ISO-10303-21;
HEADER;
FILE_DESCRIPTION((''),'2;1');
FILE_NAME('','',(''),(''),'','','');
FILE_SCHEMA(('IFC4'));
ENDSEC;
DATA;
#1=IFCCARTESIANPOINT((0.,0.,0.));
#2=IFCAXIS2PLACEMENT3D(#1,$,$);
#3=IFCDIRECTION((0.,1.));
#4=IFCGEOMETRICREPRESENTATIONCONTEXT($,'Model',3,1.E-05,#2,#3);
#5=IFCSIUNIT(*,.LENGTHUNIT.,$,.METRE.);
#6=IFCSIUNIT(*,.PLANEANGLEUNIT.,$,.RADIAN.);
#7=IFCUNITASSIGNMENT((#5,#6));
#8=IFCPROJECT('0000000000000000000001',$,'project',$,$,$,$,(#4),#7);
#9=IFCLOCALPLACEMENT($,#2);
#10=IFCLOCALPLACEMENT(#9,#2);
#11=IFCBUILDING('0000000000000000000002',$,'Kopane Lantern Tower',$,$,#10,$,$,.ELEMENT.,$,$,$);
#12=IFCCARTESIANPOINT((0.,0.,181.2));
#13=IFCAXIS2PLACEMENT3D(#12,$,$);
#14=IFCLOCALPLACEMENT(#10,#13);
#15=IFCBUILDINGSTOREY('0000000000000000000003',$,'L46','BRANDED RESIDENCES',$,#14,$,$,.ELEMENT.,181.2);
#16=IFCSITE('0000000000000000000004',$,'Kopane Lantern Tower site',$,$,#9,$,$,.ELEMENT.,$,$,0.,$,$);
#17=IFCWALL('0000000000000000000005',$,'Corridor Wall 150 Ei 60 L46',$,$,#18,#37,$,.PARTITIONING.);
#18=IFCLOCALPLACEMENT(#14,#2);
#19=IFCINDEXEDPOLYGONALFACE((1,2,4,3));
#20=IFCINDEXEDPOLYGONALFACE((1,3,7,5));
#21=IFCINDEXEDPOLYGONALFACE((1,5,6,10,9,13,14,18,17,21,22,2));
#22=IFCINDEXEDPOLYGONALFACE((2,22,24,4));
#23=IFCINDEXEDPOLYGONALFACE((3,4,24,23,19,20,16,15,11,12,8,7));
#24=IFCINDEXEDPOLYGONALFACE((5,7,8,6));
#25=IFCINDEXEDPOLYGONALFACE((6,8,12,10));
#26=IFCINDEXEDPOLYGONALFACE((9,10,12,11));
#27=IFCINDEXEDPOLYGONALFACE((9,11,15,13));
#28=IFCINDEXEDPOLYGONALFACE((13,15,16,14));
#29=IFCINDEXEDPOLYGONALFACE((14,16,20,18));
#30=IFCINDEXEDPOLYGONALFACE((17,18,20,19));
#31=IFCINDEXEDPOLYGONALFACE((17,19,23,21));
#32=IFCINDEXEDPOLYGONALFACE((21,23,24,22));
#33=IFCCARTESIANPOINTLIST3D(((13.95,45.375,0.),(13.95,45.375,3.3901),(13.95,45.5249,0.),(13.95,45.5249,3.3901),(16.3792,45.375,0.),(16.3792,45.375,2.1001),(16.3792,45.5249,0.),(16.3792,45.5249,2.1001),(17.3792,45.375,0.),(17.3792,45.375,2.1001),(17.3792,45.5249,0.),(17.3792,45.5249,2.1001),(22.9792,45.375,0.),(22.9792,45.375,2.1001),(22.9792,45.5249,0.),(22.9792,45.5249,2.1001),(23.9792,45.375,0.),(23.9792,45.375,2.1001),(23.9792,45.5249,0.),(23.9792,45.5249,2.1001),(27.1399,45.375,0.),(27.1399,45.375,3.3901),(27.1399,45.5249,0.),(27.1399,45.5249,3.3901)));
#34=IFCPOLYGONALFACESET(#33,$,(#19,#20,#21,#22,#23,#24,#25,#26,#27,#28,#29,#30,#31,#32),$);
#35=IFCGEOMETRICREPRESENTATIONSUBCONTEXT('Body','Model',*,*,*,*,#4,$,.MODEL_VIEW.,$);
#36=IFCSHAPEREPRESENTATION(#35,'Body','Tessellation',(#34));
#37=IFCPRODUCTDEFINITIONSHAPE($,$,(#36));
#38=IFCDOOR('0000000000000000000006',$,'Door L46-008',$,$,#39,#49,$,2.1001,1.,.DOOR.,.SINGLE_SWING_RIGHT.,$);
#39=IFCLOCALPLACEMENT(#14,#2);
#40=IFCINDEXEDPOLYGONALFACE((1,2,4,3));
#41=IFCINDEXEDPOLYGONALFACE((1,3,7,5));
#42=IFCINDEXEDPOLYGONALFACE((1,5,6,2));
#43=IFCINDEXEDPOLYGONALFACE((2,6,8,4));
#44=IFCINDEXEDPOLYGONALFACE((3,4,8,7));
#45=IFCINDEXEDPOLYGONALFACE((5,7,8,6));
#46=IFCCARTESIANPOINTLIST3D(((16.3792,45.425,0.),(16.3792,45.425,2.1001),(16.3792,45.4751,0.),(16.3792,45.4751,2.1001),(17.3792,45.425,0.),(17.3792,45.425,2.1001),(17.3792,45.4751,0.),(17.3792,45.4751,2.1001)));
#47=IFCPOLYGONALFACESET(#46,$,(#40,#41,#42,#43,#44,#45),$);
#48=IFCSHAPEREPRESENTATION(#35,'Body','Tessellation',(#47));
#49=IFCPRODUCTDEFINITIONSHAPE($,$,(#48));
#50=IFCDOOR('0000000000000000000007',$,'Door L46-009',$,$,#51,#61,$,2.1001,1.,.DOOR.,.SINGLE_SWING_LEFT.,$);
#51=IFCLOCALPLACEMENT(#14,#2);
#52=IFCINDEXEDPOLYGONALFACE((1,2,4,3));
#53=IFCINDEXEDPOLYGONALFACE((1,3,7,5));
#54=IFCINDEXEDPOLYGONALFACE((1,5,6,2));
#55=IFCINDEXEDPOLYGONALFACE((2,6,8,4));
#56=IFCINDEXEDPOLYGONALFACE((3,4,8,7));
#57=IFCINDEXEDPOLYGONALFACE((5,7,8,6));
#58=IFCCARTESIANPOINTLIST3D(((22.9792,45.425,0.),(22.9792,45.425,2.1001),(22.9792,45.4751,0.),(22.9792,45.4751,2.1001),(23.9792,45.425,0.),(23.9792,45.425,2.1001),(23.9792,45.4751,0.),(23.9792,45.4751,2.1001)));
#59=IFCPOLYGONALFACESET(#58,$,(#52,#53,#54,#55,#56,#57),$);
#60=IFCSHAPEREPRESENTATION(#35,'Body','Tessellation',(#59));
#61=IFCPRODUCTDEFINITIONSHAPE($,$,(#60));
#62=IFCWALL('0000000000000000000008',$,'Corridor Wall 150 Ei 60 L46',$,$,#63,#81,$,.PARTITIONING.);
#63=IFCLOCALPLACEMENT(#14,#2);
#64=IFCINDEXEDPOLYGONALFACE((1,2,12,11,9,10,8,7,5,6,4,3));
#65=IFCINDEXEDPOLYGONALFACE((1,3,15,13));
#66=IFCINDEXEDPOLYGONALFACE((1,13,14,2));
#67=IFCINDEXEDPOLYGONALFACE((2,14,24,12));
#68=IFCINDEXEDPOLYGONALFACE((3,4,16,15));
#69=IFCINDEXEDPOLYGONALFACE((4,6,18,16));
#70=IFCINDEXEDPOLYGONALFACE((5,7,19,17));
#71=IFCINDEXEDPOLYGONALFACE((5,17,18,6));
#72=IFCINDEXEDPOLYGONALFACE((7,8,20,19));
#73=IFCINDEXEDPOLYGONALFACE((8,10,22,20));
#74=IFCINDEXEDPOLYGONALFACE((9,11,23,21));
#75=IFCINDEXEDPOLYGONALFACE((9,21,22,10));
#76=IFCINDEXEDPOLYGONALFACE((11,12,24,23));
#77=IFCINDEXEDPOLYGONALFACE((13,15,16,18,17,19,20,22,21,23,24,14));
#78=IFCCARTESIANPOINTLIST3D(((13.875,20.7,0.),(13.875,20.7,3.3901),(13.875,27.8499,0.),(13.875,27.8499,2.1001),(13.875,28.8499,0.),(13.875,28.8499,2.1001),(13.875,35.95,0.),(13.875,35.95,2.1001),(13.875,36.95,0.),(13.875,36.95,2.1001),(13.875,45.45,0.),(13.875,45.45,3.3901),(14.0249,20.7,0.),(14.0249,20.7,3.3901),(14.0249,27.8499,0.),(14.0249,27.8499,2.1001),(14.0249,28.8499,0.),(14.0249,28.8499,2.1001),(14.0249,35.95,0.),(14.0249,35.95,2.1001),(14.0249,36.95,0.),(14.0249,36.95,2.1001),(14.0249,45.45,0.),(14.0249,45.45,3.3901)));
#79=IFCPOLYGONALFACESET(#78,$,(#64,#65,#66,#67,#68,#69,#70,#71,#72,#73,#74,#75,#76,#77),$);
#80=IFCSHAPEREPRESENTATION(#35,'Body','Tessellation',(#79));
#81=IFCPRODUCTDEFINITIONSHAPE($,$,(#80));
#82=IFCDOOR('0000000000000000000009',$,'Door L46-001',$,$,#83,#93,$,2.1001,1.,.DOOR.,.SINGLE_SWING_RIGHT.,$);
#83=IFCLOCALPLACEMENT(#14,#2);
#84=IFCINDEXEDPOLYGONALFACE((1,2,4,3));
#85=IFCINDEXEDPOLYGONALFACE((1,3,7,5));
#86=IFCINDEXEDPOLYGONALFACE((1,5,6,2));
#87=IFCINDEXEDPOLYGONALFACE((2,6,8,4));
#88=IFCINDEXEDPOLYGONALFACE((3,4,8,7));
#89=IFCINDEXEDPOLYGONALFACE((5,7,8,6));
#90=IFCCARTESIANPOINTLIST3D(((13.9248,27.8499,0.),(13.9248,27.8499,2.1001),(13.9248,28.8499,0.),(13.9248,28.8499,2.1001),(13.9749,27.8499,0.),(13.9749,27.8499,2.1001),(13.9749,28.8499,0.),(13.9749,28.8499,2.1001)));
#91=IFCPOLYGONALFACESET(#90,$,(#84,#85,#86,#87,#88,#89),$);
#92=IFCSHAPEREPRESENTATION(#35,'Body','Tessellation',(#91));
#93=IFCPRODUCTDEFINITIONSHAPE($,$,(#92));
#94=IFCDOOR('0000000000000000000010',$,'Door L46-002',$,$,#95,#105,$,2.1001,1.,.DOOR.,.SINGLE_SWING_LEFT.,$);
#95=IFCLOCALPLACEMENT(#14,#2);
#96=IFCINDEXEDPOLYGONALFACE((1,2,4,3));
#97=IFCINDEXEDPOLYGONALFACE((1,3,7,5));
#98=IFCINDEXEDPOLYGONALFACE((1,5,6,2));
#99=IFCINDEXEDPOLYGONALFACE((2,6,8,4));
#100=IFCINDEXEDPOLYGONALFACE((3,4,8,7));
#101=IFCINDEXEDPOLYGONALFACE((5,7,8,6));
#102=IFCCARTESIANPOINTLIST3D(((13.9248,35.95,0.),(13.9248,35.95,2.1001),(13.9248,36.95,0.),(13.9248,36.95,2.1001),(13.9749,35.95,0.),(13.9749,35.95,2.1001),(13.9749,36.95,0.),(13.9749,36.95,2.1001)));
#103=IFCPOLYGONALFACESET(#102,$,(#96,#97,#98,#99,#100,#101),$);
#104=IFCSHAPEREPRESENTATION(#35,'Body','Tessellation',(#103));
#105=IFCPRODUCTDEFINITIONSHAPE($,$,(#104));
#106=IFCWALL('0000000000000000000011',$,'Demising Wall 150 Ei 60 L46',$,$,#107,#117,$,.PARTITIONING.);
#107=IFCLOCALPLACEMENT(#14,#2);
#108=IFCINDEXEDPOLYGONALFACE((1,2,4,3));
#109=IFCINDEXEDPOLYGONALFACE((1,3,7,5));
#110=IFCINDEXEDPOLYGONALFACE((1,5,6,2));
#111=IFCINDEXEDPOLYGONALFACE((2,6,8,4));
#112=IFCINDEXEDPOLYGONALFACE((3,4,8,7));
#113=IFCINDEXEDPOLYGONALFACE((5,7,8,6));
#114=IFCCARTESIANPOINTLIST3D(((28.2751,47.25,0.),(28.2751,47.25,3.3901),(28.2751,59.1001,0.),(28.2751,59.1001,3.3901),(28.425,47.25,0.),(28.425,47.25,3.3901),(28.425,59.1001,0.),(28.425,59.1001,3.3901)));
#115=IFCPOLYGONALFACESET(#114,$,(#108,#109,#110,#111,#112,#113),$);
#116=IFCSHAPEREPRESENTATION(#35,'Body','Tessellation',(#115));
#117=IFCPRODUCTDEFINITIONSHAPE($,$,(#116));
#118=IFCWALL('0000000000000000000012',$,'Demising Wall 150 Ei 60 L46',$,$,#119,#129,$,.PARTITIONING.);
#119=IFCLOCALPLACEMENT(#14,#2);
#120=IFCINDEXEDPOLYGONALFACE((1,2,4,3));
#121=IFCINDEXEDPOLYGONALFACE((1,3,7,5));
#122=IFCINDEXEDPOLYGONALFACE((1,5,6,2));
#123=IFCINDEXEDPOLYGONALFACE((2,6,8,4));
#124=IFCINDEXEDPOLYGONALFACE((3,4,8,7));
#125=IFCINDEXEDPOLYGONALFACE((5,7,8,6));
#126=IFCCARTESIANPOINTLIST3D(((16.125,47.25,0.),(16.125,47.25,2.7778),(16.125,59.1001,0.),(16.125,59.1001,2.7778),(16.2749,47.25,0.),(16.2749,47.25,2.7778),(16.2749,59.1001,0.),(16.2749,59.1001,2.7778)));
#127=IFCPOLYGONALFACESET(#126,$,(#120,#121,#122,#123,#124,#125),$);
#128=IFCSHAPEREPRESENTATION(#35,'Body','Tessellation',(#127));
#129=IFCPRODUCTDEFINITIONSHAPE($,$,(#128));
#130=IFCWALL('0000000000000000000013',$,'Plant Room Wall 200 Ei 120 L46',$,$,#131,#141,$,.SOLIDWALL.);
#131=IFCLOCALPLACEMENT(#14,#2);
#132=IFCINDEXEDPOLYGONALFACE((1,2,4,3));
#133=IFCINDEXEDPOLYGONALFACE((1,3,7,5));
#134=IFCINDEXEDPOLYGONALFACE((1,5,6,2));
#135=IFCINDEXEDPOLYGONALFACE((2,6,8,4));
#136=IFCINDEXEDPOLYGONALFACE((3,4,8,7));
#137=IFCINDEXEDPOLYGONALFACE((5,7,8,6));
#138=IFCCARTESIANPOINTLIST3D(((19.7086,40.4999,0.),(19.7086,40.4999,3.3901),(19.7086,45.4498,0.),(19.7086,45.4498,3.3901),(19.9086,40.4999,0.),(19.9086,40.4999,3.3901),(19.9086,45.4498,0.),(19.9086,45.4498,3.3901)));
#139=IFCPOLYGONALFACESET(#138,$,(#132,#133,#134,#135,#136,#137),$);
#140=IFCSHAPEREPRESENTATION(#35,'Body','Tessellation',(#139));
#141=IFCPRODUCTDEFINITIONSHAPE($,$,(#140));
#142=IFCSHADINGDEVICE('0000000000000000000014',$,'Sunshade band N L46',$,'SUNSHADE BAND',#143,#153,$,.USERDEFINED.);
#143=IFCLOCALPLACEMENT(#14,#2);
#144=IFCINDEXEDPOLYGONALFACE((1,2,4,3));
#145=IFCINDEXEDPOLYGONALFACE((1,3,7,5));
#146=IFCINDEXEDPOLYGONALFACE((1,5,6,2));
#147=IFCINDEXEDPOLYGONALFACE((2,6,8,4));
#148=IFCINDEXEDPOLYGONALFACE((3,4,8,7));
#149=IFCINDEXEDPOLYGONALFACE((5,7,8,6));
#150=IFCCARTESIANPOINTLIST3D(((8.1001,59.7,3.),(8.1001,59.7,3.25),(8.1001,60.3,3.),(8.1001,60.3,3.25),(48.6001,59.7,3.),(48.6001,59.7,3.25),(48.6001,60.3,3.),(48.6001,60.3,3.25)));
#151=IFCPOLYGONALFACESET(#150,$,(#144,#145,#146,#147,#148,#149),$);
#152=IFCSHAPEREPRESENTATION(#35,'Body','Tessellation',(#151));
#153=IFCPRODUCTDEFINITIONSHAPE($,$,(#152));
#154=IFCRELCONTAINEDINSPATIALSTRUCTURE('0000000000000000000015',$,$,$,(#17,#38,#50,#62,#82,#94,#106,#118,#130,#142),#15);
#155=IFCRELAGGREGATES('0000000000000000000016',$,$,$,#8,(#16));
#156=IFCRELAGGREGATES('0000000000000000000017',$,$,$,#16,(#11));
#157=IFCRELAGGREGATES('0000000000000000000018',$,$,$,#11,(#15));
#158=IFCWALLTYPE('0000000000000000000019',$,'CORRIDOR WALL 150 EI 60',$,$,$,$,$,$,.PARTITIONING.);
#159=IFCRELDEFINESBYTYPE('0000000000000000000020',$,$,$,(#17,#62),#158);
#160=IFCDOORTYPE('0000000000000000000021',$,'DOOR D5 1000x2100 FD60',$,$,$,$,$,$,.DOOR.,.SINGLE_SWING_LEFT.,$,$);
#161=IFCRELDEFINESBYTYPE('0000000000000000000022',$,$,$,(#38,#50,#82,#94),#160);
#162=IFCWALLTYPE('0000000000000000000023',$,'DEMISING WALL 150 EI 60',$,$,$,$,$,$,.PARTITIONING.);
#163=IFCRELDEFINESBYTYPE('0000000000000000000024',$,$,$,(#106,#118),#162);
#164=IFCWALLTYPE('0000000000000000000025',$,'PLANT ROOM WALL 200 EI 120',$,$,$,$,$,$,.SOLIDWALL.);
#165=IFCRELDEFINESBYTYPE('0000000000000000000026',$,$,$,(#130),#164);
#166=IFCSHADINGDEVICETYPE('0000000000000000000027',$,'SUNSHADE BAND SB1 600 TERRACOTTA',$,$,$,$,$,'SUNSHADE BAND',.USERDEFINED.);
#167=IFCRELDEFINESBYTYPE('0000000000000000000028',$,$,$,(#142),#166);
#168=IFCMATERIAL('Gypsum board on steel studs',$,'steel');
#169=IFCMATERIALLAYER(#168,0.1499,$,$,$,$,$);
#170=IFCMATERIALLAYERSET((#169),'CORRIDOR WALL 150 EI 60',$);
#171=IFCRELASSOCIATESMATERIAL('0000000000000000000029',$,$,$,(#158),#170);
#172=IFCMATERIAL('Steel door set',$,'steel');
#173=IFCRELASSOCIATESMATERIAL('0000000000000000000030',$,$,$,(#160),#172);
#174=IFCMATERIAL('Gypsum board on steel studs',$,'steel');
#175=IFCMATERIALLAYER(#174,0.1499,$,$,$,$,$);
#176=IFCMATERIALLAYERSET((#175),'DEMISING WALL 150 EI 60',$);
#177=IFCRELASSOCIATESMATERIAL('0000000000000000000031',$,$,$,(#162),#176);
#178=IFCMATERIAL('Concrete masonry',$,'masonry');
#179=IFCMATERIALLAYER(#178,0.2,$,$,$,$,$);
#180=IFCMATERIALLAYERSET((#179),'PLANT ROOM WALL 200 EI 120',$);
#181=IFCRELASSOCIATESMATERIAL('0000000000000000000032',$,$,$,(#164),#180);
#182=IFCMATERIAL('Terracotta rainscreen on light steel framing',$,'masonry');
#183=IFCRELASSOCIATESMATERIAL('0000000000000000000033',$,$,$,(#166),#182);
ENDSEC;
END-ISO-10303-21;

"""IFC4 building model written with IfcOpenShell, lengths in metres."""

from ifc_helpers import new_model, si_unit, direction, frame, frame_2d, origin, origin_2d, place, context, subcontext, project, spatial, rectangle, extrude, material, layer, layer_set, type_object, element, fill, save


model = new_model("IFC4")

# Units and contexts
model_context = context("Model", 3, precision=1e-05, world=origin(), true_north=direction((0.0, 1.0)))
body_context = subcontext(model_context, "Body", "Model", "MODEL_VIEW")
ifc_project = project(units=[si_unit("LENGTHUNIT", "METRE"), si_unit("PLANEANGLEUNIT", "RADIAN")], contexts=[model_context])

# Site, building, storey
site_placement = place(None, origin())
site = spatial("IfcSite", under=ifc_project, at=site_placement, Name="Kopane Lantern Tower site", CompositionType="ELEMENT", RefElevation=0.0)
building_placement = place(site_placement, origin())
building = spatial("IfcBuilding", under=site, at=building_placement, Name="Kopane Lantern Tower", CompositionType="ELEMENT")
storey_placement = place(building_placement, frame((0.0, 0.0, 181.2)))
storey = spatial("IfcBuildingStorey", under=building, at=storey_placement, Name="L46", Description="BRANDED RESIDENCES", CompositionType="ELEMENT", Elevation=181.2)

# Walls, openings, doors
ifc_material_1 = material(Name="Gypsum board on steel studs", Category="steel")
ifc_layer_1 = layer(ifc_material_1, 0.1499)
ifc_layer_set_1 = layer_set([ifc_layer_1], Name="CORRIDOR WALL 150 EI 60")
wall_type_1 = type_object("IfcWallType", Name="CORRIDOR WALL 150 EI 60", PredefinedType="PARTITIONING", material=ifc_layer_set_1)
wall_1_placement = place(storey_placement, frame((27.1399, 45.45, 0.0), z_axis=(0.0, 0.0, 1.0), x_axis=(-1.0, 0.0, 0.0)))
wall_1 = element("IfcWall", 1, at=wall_1_placement, inside=storey, type_object=wall_type_1, Name="Corridor Wall 150 Ei 60 L46", PredefinedType="PARTITIONING", context=body_context, shape_type="SweptSolid", body=[
    extrude(rectangle(XDim=13.1899, YDim=0.1499, at=frame_2d((6.595, 0.0))), origin(), (0.0, 0.0, 1.0), 3.3901),
])
opening_1_placement = place(wall_1_placement, frame((9.7607, 0.0, 0.0)))
opening_1 = element("IfcOpeningElement", 2, at=opening_1_placement, cuts=wall_1, PredefinedType="OPENING", context=body_context, shape_type="SweptSolid", body=[
    extrude(rectangle(XDim=1.0, YDim=2.1001, at=frame_2d((0.5, 1.05))), frame((0.0, 0.085, 0.0), z_axis=(0.0, -1.0, 0.0), x_axis=(1.0, 0.0, 0.0)), (0.0, 0.0, 1.0), 0.1699),
])
opening_2_placement = place(wall_1_placement, frame((3.1606, 0.0, 0.0)))
opening_2 = element("IfcOpeningElement", 3, at=opening_2_placement, cuts=wall_1, PredefinedType="OPENING", context=body_context, shape_type="SweptSolid", body=[
    extrude(rectangle(XDim=1.0, YDim=2.1001, at=frame_2d((0.5, 1.05))), frame((0.0, 0.085, 0.0), z_axis=(0.0, -1.0, 0.0), x_axis=(1.0, 0.0, 0.0)), (0.0, 0.0, 1.0), 0.1699),
])
ifc_material_2 = material(Name="Steel door set", Category="steel")
door_type_1 = type_object("IfcDoorType", Name="DOOR D5 1000x2100 FD60", OperationType="SINGLE_SWING_LEFT", PredefinedType="DOOR", material=ifc_material_2)
door_1_placement = place(opening_1_placement, origin())
door_1 = element("IfcDoor", 4, at=door_1_placement, inside=storey, type_object=door_type_1, Name="Door L46-008", OperationType="SINGLE_SWING_RIGHT", OverallHeight=2.1001, OverallWidth=1.0, PredefinedType="DOOR", context=body_context, shape_type="SweptSolid", body=[
    extrude(rectangle(XDim=1.0, YDim=2.1001, at=frame_2d((0.5, 1.05))), frame((0.0, 0.0249, 0.0), z_axis=(0.0, -1.0, 0.0), x_axis=(1.0, 0.0, 0.0)), (0.0, 0.0, 1.0), 0.05),
])
fill(opening_1, door_1)
door_2_placement = place(opening_2_placement, origin())
door_2 = element("IfcDoor", 5, at=door_2_placement, inside=storey, type_object=door_type_1, Name="Door L46-009", OperationType="SINGLE_SWING_LEFT", OverallHeight=2.1001, OverallWidth=1.0, PredefinedType="DOOR", context=body_context, shape_type="SweptSolid", body=[
    extrude(rectangle(XDim=1.0, YDim=2.1001, at=frame_2d((0.5, 1.05))), frame((0.0, 0.0249, 0.0), z_axis=(0.0, -1.0, 0.0), x_axis=(1.0, 0.0, 0.0)), (0.0, 0.0, 1.0), 0.05),
])
fill(opening_2, door_2)
wall_2_placement = place(storey_placement, frame((13.95, 45.45, 0.0), z_axis=(0.0, 0.0, 1.0), x_axis=(0.0, -1.0, 0.0)))
wall_2 = element("IfcWall", 6, at=wall_2_placement, inside=storey, type_object=wall_type_1, Name="Corridor Wall 150 Ei 60 L46", PredefinedType="PARTITIONING", context=body_context, shape_type="SweptSolid", body=[
    extrude(rectangle(XDim=24.75, YDim=0.1499, at=frame_2d((12.375, 0.0))), origin(), (0.0, 0.0, 1.0), 3.3901),
])
opening_3_placement = place(wall_2_placement, frame((16.6001, 0.0, 0.0)))
opening_3 = element("IfcOpeningElement", 7, at=opening_3_placement, cuts=wall_2, PredefinedType="OPENING", context=body_context, shape_type="SweptSolid", body=[
    extrude(rectangle(XDim=1.0, YDim=2.1001, at=frame_2d((0.5, 1.05))), frame((0.0, 0.085, 0.0), z_axis=(0.0, -1.0, 0.0), x_axis=(1.0, 0.0, 0.0)), (0.0, 0.0, 1.0), 0.1699),
])
opening_4_placement = place(wall_2_placement, frame((8.5, 0.0, 0.0)))
opening_4 = element("IfcOpeningElement", 8, at=opening_4_placement, cuts=wall_2, PredefinedType="OPENING", context=body_context, shape_type="SweptSolid", body=[
    extrude(rectangle(XDim=1.0, YDim=2.1001, at=frame_2d((0.5, 1.05))), frame((0.0, 0.085, 0.0), z_axis=(0.0, -1.0, 0.0), x_axis=(1.0, 0.0, 0.0)), (0.0, 0.0, 1.0), 0.1699),
])
door_3_placement = place(opening_3_placement, origin())
door_3 = element("IfcDoor", 9, at=door_3_placement, inside=storey, type_object=door_type_1, Name="Door L46-001", OperationType="SINGLE_SWING_RIGHT", OverallHeight=2.1001, OverallWidth=1.0, PredefinedType="DOOR", context=body_context, shape_type="SweptSolid", body=[
    extrude(rectangle(XDim=1.0, YDim=2.1001, at=frame_2d((0.5, 1.05))), frame((0.0, 0.0249, 0.0), z_axis=(0.0, -1.0, 0.0), x_axis=(1.0, 0.0, 0.0)), (0.0, 0.0, 1.0), 0.05),
])
fill(opening_3, door_3)
door_4_placement = place(opening_4_placement, origin())
door_4 = element("IfcDoor", 10, at=door_4_placement, inside=storey, type_object=door_type_1, Name="Door L46-002", OperationType="SINGLE_SWING_LEFT", OverallHeight=2.1001, OverallWidth=1.0, PredefinedType="DOOR", context=body_context, shape_type="SweptSolid", body=[
    extrude(rectangle(XDim=1.0, YDim=2.1001, at=frame_2d((0.5, 1.05))), frame((0.0, 0.0249, 0.0), z_axis=(0.0, -1.0, 0.0), x_axis=(1.0, 0.0, 0.0)), (0.0, 0.0, 1.0), 0.05),
])
fill(opening_4, door_4)

# Walls
ifc_material_3 = material(Name="Gypsum board on steel studs", Category="steel")
ifc_layer_2 = layer(ifc_material_3, 0.1499)
ifc_layer_set_2 = layer_set([ifc_layer_2], Name="DEMISING WALL 150 EI 60")
wall_type_2 = type_object("IfcWallType", Name="DEMISING WALL 150 EI 60", PredefinedType="PARTITIONING", material=ifc_layer_set_2)
wall_3_placement = place(storey_placement, frame((28.3501, 47.25, 0.0), z_axis=(0.0, 0.0, 1.0), x_axis=(0.0, 1.0, 0.0)))
element("IfcWall", 11, at=wall_3_placement, inside=storey, type_object=wall_type_2, Name="Demising Wall 150 Ei 60 L46", PredefinedType="PARTITIONING", context=body_context, shape_type="SweptSolid", body=[
    extrude(rectangle(XDim=11.8501, YDim=0.1499, at=frame_2d((5.925, 0.0))), origin(), (0.0, 0.0, 1.0), 3.3901),
])
wall_4_placement = place(storey_placement, frame((16.2, 47.25, 0.0), z_axis=(0.0, 0.0, 1.0), x_axis=(0.0, 1.0, 0.0)))
element("IfcWall", 12, at=wall_4_placement, inside=storey, type_object=wall_type_2, Name="Demising Wall 150 Ei 60 L46", PredefinedType="PARTITIONING", context=body_context, shape_type="SweptSolid", body=[
    extrude(rectangle(XDim=11.8501, YDim=0.1499, at=frame_2d((5.925, 0.0))), origin(), (0.0, 0.0, 1.0), 2.7778),
])
ifc_material_4 = material(Name="Concrete masonry", Category="masonry")
ifc_layer_3 = layer(ifc_material_4, 0.2)
ifc_layer_set_3 = layer_set([ifc_layer_3], Name="PLANT ROOM WALL 200 EI 120")
wall_type_3 = type_object("IfcWallType", Name="PLANT ROOM WALL 200 EI 120", PredefinedType="SOLIDWALL", material=ifc_layer_set_3)
wall_5_placement = place(storey_placement, frame((19.8086, 45.45, 0.0), z_axis=(0.0, 0.0, 1.0), x_axis=(0.0, -1.0, 0.0)))
element("IfcWall", 13, at=wall_5_placement, inside=storey, type_object=wall_type_3, Name="Plant Room Wall 200 Ei 120 L46", PredefinedType="SOLIDWALL", context=body_context, shape_type="SweptSolid", body=[
    extrude(rectangle(XDim=4.95, YDim=0.2, at=frame_2d((2.4751, 0.0))), origin(), (0.0, 0.0, 1.0), 3.3901),
])

# Shading device
ifc_material_5 = material(Name="Terracotta rainscreen on light steel framing", Category="masonry")
shading_device_type = type_object("IfcShadingDeviceType", Name="SUNSHADE BAND SB1 600 TERRACOTTA", ElementType="SUNSHADE BAND", PredefinedType="USERDEFINED", material=ifc_material_5)
shading_device_placement = place(storey_placement, frame((28.3501, 60.0, 3.0), z_axis=(0.0, 0.0, 1.0), x_axis=(-1.0, 0.0, 0.0)))
element("IfcShadingDevice", 14, at=shading_device_placement, inside=storey, type_object=shading_device_type, Name="Sunshade band N L46", ObjectType="SUNSHADE BAND", PredefinedType="USERDEFINED", context=body_context, shape_type="SweptSolid", body=[
    extrude(rectangle(XDim=40.5, YDim=0.6001, at=origin_2d()), origin(), (0.0, 0.0, 1.0), 0.25),
])

save(model, "model.ifc")
